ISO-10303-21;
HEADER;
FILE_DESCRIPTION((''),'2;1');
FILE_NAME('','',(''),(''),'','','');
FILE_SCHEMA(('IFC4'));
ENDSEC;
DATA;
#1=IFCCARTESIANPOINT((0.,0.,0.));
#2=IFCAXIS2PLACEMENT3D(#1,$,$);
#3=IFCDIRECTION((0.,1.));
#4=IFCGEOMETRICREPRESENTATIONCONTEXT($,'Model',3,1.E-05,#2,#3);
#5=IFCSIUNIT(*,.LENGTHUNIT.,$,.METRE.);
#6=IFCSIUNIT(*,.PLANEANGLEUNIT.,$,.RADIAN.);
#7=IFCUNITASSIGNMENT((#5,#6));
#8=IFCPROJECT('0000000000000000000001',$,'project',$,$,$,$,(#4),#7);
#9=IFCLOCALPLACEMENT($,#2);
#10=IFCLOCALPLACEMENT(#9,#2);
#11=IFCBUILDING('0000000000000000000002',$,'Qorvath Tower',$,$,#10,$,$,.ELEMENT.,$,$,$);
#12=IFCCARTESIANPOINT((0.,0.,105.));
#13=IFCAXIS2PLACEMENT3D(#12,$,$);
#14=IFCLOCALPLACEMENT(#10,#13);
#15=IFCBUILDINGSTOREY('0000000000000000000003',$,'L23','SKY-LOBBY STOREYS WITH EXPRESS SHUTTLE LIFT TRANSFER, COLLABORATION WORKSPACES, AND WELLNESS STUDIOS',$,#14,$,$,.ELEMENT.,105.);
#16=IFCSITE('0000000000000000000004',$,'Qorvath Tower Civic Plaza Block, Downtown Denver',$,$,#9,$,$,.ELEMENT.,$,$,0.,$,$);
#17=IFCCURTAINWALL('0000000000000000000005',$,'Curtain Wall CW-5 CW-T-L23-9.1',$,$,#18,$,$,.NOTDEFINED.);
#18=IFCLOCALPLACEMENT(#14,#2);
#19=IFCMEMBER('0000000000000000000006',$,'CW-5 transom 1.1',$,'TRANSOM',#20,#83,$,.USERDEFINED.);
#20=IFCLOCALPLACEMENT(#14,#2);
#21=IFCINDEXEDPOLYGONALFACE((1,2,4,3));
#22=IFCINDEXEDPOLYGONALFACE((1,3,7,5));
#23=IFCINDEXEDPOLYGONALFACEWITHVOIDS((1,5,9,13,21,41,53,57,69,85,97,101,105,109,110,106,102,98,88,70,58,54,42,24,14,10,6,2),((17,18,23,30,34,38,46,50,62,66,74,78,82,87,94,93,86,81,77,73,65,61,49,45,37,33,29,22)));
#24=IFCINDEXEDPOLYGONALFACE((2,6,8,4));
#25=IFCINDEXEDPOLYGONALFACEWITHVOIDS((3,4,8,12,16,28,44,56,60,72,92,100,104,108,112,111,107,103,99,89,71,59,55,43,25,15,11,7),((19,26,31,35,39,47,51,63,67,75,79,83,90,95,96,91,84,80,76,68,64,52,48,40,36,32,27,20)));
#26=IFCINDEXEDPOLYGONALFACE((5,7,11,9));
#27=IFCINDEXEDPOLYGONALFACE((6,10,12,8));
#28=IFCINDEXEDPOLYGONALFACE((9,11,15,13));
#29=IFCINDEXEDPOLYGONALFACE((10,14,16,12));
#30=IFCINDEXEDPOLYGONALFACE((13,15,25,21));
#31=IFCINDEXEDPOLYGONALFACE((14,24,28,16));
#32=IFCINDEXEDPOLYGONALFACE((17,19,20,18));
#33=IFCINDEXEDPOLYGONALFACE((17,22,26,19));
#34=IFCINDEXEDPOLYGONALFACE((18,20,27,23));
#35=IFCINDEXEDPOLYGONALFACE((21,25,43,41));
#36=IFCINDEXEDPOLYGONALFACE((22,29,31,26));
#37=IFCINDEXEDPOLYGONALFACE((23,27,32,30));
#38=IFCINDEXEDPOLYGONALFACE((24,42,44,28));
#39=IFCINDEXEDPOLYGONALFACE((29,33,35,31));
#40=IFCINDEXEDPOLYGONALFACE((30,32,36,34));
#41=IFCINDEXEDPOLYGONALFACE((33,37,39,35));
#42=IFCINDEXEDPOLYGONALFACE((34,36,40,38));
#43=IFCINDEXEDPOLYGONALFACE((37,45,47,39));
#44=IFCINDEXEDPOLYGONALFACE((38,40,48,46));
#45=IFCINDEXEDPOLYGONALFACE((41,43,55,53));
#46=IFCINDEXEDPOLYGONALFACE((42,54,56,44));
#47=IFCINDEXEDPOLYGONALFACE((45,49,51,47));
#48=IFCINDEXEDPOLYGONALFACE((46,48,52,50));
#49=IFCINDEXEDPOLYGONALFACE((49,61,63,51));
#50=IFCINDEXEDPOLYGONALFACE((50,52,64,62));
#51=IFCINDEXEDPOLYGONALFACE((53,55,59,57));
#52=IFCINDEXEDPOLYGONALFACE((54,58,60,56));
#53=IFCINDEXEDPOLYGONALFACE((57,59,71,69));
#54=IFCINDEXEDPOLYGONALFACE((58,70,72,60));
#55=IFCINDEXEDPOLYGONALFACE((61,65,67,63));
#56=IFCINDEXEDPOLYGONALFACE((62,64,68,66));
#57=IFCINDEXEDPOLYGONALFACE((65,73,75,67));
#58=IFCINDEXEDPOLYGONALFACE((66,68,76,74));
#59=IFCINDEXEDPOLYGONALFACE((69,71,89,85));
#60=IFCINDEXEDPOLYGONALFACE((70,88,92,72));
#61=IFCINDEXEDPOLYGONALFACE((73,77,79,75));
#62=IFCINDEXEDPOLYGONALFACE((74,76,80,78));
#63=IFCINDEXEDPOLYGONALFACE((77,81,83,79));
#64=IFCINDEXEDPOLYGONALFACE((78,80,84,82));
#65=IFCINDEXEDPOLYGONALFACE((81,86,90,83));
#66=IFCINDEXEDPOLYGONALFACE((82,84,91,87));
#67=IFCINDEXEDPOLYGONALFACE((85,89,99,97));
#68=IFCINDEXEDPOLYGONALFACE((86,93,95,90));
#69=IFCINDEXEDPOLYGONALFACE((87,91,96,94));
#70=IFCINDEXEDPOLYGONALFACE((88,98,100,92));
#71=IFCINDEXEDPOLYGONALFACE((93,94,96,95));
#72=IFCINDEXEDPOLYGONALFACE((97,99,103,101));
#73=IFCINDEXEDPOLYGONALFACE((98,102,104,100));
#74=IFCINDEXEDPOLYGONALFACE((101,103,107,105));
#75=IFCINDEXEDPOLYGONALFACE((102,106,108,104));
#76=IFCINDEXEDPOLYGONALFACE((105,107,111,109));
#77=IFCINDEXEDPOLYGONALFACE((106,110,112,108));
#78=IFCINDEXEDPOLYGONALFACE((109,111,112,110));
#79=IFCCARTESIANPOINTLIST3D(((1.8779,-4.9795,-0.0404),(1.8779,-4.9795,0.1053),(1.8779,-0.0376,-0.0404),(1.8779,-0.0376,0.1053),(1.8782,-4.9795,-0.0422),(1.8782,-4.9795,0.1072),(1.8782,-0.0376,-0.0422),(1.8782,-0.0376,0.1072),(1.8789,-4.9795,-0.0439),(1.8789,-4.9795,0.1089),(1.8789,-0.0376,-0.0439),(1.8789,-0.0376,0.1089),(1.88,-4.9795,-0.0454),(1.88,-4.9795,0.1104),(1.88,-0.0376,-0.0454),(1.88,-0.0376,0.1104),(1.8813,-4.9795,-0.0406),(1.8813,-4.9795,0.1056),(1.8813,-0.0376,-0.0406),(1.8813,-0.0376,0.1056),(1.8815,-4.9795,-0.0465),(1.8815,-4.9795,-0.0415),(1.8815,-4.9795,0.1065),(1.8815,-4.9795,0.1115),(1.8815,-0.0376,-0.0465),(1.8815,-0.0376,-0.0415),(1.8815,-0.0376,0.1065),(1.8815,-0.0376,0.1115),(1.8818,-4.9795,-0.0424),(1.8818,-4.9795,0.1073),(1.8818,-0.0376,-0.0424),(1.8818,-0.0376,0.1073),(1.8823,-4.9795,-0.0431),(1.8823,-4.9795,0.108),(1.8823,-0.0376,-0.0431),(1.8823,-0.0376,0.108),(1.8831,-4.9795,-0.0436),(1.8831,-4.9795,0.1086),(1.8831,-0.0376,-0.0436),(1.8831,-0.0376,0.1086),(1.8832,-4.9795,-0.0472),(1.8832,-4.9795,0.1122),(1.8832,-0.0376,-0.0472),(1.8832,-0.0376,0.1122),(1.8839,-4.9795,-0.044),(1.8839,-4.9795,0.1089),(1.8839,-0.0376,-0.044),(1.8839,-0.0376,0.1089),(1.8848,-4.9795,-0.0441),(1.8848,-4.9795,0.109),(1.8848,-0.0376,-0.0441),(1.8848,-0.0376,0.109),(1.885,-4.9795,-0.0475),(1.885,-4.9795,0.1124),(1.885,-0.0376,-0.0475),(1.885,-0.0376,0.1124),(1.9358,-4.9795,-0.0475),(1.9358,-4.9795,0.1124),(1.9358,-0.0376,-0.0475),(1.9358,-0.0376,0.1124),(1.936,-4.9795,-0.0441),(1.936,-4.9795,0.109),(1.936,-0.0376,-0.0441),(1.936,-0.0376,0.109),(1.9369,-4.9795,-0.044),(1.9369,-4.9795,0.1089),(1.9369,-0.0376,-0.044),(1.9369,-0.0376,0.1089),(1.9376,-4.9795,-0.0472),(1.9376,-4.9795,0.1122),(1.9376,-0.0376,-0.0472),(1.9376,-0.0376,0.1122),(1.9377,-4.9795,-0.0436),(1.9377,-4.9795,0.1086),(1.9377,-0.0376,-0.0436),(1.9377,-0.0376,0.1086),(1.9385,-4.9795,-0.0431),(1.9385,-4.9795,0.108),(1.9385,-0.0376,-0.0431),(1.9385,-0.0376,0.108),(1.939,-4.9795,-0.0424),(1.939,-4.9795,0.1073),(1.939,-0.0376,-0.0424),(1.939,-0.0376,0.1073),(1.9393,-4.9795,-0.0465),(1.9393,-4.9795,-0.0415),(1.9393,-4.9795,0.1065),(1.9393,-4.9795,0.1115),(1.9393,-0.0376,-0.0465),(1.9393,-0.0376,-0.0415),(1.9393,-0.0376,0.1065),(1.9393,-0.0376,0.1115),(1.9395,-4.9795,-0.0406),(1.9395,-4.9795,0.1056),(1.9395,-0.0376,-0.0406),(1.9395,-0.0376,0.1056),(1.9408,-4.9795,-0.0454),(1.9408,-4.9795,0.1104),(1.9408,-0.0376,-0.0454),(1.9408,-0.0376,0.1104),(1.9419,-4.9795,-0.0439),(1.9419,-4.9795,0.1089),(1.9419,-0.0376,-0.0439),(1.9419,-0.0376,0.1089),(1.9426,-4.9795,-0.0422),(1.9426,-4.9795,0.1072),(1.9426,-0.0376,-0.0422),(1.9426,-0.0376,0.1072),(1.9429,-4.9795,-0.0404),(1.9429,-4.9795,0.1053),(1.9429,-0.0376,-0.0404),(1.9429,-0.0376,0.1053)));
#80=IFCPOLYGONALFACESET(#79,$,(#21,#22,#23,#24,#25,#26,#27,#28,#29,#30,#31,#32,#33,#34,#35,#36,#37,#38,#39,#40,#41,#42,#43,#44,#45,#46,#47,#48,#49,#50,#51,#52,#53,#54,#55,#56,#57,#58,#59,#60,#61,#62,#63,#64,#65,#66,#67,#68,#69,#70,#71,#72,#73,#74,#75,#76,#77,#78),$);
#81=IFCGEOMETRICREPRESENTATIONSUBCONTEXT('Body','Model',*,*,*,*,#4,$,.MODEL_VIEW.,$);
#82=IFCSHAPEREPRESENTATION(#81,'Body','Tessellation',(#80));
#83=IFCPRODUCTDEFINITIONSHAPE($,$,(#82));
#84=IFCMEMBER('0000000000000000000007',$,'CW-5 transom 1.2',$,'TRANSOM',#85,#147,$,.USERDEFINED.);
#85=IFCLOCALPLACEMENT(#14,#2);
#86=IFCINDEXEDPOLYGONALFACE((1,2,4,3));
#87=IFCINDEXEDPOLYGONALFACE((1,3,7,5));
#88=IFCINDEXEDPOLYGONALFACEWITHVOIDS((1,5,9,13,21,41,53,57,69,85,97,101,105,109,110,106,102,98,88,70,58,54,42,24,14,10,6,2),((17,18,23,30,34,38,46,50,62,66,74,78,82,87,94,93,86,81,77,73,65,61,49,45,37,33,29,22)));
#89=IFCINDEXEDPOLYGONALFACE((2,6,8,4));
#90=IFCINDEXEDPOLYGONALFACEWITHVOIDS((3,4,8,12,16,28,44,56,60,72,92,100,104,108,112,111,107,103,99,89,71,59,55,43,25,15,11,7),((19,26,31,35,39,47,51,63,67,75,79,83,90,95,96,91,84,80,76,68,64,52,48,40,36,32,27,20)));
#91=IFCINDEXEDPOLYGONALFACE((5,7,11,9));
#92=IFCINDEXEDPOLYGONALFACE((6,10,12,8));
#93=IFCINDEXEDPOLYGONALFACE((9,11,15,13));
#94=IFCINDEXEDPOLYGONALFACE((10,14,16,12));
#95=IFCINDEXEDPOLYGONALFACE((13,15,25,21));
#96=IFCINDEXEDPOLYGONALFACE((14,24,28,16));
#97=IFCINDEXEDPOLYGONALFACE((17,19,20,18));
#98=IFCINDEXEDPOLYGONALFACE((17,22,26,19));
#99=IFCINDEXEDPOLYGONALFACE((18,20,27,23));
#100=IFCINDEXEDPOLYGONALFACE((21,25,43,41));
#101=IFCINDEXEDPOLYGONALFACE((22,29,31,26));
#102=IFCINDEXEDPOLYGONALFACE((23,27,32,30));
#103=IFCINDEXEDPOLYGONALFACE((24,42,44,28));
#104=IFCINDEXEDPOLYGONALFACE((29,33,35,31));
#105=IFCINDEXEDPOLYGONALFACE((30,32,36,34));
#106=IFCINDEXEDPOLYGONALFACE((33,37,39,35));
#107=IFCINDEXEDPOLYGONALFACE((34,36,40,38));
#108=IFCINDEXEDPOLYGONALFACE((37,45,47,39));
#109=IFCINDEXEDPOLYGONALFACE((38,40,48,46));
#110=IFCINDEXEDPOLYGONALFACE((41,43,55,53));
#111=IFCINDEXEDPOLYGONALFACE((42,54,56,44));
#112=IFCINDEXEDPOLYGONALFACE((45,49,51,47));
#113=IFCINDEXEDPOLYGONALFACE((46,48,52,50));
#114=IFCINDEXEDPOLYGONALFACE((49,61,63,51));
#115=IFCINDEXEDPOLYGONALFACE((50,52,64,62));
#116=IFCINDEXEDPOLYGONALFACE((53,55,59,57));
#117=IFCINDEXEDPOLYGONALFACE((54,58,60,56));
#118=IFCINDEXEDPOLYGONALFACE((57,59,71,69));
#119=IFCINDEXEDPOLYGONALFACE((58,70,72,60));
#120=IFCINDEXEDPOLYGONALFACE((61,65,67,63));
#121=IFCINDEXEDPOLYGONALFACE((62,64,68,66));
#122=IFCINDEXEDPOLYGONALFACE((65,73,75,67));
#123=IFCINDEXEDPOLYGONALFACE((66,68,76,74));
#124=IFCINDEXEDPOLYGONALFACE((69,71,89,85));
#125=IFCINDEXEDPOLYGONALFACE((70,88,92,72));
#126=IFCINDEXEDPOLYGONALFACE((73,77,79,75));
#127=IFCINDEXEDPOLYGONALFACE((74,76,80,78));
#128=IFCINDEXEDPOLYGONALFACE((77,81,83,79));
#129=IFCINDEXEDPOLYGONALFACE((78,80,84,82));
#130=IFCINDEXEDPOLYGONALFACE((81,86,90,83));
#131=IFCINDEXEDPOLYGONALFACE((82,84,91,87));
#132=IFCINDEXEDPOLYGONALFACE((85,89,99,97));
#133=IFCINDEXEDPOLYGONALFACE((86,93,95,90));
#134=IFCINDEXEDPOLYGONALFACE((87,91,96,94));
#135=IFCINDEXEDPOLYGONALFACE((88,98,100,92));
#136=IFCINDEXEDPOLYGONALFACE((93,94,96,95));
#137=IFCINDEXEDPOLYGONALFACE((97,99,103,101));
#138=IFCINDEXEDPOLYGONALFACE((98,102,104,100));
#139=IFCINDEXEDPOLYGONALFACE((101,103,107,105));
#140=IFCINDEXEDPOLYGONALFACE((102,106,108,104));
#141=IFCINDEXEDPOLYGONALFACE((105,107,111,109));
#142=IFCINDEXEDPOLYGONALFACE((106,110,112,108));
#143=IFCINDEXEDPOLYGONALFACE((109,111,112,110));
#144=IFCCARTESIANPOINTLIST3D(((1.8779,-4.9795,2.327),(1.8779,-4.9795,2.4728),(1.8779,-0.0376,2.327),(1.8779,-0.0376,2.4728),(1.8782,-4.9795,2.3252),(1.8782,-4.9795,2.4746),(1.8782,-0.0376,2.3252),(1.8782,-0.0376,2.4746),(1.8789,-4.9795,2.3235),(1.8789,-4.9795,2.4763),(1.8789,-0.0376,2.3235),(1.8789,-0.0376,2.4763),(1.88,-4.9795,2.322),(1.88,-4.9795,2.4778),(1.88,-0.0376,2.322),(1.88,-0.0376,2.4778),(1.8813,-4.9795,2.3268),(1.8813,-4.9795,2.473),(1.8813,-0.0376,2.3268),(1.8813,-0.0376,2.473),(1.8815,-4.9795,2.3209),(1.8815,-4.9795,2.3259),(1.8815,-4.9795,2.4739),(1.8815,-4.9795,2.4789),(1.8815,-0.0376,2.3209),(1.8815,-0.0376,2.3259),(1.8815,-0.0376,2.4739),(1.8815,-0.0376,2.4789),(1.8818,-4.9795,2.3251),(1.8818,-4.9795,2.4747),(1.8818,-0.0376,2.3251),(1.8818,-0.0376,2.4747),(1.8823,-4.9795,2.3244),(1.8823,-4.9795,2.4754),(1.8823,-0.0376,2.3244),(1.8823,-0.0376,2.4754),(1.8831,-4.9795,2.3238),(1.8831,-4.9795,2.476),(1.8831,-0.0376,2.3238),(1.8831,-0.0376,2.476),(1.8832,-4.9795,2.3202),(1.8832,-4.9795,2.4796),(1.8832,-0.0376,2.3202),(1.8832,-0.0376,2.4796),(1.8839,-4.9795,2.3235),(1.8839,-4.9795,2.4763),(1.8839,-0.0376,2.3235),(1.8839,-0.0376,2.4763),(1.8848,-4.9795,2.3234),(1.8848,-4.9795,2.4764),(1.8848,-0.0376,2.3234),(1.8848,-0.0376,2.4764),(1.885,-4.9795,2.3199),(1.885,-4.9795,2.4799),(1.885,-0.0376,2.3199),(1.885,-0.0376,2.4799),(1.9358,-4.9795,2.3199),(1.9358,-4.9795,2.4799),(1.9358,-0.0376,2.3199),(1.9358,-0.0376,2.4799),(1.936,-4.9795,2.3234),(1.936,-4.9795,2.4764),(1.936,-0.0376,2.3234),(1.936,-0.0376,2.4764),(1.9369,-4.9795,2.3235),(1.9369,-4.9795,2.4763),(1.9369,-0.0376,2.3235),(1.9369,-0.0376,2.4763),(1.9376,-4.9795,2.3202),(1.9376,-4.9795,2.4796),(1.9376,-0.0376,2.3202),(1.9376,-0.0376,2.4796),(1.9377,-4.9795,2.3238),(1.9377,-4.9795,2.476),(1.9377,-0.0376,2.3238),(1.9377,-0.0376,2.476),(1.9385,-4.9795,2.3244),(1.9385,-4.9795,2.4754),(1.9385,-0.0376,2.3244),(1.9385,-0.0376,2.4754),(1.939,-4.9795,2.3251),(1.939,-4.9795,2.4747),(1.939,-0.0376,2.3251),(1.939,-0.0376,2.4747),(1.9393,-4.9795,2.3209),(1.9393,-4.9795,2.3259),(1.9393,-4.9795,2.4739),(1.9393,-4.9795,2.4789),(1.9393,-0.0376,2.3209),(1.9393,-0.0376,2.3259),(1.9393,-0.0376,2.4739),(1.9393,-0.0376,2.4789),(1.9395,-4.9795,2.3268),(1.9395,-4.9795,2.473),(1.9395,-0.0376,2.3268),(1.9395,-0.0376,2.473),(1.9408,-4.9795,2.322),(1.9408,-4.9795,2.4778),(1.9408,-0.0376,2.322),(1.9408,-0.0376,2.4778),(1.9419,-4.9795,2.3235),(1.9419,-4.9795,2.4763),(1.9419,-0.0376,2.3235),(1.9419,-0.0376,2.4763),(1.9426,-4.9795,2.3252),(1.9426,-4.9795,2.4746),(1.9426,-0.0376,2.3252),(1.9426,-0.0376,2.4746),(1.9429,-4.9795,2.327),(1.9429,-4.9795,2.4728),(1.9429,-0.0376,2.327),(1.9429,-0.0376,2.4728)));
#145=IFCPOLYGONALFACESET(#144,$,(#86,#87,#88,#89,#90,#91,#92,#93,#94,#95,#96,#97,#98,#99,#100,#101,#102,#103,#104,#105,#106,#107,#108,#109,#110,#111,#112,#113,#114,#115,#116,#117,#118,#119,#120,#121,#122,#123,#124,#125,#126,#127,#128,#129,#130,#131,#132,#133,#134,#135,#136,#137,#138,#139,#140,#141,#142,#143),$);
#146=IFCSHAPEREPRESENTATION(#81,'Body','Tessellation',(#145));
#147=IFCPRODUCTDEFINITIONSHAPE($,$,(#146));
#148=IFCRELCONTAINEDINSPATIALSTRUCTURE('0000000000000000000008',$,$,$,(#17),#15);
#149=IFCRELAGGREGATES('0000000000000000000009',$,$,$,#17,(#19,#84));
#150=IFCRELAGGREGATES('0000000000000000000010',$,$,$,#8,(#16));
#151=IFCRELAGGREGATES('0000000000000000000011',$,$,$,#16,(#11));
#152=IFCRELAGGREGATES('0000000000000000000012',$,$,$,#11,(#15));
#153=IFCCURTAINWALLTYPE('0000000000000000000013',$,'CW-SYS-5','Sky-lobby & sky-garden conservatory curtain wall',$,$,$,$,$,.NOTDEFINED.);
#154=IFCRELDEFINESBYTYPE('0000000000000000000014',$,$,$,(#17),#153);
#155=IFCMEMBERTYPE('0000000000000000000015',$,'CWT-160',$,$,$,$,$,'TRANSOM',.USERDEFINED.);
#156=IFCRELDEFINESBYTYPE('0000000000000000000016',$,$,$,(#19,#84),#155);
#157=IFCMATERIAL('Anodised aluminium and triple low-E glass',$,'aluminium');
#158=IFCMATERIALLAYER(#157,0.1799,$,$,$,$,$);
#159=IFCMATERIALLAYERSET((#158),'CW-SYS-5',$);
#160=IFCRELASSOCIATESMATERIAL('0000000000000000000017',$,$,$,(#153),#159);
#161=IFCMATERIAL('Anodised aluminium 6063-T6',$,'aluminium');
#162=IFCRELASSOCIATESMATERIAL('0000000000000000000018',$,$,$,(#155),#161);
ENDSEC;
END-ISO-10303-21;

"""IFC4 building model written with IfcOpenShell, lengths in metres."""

from ifc_helpers import new_model, si_unit, direction, frame, origin, origin_2d, place, context, subcontext, project, spatial, hollow_rectangle, extrude, material, layer, layer_set, material_profile, profile_set, type_object, element, aggregate, save


model = new_model("IFC4")

# Units and contexts
model_context = context("Model", 3, precision=1e-05, world=origin(), true_north=direction((0.0, 1.0)))
body_context = subcontext(model_context, "Body", "Model", "MODEL_VIEW")
ifc_project = project(units=[si_unit("LENGTHUNIT", "METRE"), si_unit("PLANEANGLEUNIT", "RADIAN")], contexts=[model_context])

# Site, building, storey
site_placement = place(None, origin())
site = spatial("IfcSite", under=ifc_project, at=site_placement, Name="Qorvath Tower Civic Plaza Block, Downtown Denver", CompositionType="ELEMENT", RefElevation=0.0)
building_placement = place(site_placement, origin())
building = spatial("IfcBuilding", under=site, at=building_placement, Name="Qorvath Tower", CompositionType="ELEMENT")
storey_placement = place(building_placement, frame((0.0, 0.0, 105.0)))
storey = spatial("IfcBuildingStorey", under=building, at=storey_placement, Name="L23", Description="SKY-LOBBY STOREYS WITH EXPRESS SHUTTLE LIFT TRANSFER, COLLABORATION WORKSPACES, AND WELLNESS STUDIOS", CompositionType="ELEMENT", Elevation=105.0)

# Shared definitions
ifc_material_1 = material(Name="Anodised aluminium and triple low-E glass", Category="aluminium")
ifc_layer_1 = layer(ifc_material_1, 0.1799)
ifc_layer_set_1 = layer_set([ifc_layer_1], Name="CW-SYS-5")
curtain_wall_type = type_object("IfcCurtainWallType", Name="CW-SYS-5", Description="Sky-lobby & sky-garden conservatory curtain wall", PredefinedType="NOTDEFINED", material=ifc_layer_set_1)

# Curtain wall, members
curtain_wall_1_placement = place(storey_placement, origin())
curtain_wall_1 = element("IfcCurtainWall", 1, at=curtain_wall_1_placement, inside=storey, type_object=curtain_wall_type, Name="Curtain Wall CW-5 CW-T-L23-9.1", PredefinedType="NOTDEFINED")
ifc_material_2 = material(Name="Anodised aluminium 6063-T6", Category="aluminium")
ifc_material_profile_1 = material_profile(ifc_material_2, hollow_rectangle(XDim=0.0649, YDim=0.1599, WallThickness=0.0034, InnerFilletRadius=0.0034, OuterFilletRadius=0.0071, at=origin_2d()), Name="CWT 160x65")
ifc_profile_set_1 = profile_set([ifc_material_profile_1], Name="Anodised aluminium 6063-T6")
member_type_1 = type_object("IfcMemberType", Name="CWT-160", ElementType="TRANSOM", PredefinedType="USERDEFINED", material=ifc_profile_set_1)
member_1_placement = place(storey_placement, frame((1.9104, -4.9795, 0.0325), z_axis=(0.0, 1.0, 0.0), x_axis=(-1.0, 0.0, 0.0)))
member_1 = element("IfcMember", 2, at=member_1_placement, type_object=member_type_1, Name="CW-5 transom 1.1", ObjectType="TRANSOM", PredefinedType="USERDEFINED", context=body_context, shape_type="SweptSolid", body=[
    extrude(hollow_rectangle(XDim=0.0649, YDim=0.1599, WallThickness=0.0034, InnerFilletRadius=0.0034, OuterFilletRadius=0.0071, at=origin_2d()), origin(), (0.0, 0.0, 1.0), 4.9419),
])
member_2_placement = place(storey_placement, frame((1.9104, -4.9795, 2.3999), z_axis=(0.0, 1.0, 0.0), x_axis=(-1.0, 0.0, 0.0)))
member_2 = element("IfcMember", 3, at=member_2_placement, type_object=member_type_1, Name="CW-5 transom 1.2", ObjectType="TRANSOM", PredefinedType="USERDEFINED", context=body_context, shape_type="SweptSolid", body=[
    extrude(hollow_rectangle(XDim=0.0649, YDim=0.1599, WallThickness=0.0034, InnerFilletRadius=0.0034, OuterFilletRadius=0.0071, at=origin_2d()), origin(), (0.0, 0.0, 1.0), 4.9419),
])
aggregate(curtain_wall_1, [member_1, member_2])

save(model, "model.ifc")
